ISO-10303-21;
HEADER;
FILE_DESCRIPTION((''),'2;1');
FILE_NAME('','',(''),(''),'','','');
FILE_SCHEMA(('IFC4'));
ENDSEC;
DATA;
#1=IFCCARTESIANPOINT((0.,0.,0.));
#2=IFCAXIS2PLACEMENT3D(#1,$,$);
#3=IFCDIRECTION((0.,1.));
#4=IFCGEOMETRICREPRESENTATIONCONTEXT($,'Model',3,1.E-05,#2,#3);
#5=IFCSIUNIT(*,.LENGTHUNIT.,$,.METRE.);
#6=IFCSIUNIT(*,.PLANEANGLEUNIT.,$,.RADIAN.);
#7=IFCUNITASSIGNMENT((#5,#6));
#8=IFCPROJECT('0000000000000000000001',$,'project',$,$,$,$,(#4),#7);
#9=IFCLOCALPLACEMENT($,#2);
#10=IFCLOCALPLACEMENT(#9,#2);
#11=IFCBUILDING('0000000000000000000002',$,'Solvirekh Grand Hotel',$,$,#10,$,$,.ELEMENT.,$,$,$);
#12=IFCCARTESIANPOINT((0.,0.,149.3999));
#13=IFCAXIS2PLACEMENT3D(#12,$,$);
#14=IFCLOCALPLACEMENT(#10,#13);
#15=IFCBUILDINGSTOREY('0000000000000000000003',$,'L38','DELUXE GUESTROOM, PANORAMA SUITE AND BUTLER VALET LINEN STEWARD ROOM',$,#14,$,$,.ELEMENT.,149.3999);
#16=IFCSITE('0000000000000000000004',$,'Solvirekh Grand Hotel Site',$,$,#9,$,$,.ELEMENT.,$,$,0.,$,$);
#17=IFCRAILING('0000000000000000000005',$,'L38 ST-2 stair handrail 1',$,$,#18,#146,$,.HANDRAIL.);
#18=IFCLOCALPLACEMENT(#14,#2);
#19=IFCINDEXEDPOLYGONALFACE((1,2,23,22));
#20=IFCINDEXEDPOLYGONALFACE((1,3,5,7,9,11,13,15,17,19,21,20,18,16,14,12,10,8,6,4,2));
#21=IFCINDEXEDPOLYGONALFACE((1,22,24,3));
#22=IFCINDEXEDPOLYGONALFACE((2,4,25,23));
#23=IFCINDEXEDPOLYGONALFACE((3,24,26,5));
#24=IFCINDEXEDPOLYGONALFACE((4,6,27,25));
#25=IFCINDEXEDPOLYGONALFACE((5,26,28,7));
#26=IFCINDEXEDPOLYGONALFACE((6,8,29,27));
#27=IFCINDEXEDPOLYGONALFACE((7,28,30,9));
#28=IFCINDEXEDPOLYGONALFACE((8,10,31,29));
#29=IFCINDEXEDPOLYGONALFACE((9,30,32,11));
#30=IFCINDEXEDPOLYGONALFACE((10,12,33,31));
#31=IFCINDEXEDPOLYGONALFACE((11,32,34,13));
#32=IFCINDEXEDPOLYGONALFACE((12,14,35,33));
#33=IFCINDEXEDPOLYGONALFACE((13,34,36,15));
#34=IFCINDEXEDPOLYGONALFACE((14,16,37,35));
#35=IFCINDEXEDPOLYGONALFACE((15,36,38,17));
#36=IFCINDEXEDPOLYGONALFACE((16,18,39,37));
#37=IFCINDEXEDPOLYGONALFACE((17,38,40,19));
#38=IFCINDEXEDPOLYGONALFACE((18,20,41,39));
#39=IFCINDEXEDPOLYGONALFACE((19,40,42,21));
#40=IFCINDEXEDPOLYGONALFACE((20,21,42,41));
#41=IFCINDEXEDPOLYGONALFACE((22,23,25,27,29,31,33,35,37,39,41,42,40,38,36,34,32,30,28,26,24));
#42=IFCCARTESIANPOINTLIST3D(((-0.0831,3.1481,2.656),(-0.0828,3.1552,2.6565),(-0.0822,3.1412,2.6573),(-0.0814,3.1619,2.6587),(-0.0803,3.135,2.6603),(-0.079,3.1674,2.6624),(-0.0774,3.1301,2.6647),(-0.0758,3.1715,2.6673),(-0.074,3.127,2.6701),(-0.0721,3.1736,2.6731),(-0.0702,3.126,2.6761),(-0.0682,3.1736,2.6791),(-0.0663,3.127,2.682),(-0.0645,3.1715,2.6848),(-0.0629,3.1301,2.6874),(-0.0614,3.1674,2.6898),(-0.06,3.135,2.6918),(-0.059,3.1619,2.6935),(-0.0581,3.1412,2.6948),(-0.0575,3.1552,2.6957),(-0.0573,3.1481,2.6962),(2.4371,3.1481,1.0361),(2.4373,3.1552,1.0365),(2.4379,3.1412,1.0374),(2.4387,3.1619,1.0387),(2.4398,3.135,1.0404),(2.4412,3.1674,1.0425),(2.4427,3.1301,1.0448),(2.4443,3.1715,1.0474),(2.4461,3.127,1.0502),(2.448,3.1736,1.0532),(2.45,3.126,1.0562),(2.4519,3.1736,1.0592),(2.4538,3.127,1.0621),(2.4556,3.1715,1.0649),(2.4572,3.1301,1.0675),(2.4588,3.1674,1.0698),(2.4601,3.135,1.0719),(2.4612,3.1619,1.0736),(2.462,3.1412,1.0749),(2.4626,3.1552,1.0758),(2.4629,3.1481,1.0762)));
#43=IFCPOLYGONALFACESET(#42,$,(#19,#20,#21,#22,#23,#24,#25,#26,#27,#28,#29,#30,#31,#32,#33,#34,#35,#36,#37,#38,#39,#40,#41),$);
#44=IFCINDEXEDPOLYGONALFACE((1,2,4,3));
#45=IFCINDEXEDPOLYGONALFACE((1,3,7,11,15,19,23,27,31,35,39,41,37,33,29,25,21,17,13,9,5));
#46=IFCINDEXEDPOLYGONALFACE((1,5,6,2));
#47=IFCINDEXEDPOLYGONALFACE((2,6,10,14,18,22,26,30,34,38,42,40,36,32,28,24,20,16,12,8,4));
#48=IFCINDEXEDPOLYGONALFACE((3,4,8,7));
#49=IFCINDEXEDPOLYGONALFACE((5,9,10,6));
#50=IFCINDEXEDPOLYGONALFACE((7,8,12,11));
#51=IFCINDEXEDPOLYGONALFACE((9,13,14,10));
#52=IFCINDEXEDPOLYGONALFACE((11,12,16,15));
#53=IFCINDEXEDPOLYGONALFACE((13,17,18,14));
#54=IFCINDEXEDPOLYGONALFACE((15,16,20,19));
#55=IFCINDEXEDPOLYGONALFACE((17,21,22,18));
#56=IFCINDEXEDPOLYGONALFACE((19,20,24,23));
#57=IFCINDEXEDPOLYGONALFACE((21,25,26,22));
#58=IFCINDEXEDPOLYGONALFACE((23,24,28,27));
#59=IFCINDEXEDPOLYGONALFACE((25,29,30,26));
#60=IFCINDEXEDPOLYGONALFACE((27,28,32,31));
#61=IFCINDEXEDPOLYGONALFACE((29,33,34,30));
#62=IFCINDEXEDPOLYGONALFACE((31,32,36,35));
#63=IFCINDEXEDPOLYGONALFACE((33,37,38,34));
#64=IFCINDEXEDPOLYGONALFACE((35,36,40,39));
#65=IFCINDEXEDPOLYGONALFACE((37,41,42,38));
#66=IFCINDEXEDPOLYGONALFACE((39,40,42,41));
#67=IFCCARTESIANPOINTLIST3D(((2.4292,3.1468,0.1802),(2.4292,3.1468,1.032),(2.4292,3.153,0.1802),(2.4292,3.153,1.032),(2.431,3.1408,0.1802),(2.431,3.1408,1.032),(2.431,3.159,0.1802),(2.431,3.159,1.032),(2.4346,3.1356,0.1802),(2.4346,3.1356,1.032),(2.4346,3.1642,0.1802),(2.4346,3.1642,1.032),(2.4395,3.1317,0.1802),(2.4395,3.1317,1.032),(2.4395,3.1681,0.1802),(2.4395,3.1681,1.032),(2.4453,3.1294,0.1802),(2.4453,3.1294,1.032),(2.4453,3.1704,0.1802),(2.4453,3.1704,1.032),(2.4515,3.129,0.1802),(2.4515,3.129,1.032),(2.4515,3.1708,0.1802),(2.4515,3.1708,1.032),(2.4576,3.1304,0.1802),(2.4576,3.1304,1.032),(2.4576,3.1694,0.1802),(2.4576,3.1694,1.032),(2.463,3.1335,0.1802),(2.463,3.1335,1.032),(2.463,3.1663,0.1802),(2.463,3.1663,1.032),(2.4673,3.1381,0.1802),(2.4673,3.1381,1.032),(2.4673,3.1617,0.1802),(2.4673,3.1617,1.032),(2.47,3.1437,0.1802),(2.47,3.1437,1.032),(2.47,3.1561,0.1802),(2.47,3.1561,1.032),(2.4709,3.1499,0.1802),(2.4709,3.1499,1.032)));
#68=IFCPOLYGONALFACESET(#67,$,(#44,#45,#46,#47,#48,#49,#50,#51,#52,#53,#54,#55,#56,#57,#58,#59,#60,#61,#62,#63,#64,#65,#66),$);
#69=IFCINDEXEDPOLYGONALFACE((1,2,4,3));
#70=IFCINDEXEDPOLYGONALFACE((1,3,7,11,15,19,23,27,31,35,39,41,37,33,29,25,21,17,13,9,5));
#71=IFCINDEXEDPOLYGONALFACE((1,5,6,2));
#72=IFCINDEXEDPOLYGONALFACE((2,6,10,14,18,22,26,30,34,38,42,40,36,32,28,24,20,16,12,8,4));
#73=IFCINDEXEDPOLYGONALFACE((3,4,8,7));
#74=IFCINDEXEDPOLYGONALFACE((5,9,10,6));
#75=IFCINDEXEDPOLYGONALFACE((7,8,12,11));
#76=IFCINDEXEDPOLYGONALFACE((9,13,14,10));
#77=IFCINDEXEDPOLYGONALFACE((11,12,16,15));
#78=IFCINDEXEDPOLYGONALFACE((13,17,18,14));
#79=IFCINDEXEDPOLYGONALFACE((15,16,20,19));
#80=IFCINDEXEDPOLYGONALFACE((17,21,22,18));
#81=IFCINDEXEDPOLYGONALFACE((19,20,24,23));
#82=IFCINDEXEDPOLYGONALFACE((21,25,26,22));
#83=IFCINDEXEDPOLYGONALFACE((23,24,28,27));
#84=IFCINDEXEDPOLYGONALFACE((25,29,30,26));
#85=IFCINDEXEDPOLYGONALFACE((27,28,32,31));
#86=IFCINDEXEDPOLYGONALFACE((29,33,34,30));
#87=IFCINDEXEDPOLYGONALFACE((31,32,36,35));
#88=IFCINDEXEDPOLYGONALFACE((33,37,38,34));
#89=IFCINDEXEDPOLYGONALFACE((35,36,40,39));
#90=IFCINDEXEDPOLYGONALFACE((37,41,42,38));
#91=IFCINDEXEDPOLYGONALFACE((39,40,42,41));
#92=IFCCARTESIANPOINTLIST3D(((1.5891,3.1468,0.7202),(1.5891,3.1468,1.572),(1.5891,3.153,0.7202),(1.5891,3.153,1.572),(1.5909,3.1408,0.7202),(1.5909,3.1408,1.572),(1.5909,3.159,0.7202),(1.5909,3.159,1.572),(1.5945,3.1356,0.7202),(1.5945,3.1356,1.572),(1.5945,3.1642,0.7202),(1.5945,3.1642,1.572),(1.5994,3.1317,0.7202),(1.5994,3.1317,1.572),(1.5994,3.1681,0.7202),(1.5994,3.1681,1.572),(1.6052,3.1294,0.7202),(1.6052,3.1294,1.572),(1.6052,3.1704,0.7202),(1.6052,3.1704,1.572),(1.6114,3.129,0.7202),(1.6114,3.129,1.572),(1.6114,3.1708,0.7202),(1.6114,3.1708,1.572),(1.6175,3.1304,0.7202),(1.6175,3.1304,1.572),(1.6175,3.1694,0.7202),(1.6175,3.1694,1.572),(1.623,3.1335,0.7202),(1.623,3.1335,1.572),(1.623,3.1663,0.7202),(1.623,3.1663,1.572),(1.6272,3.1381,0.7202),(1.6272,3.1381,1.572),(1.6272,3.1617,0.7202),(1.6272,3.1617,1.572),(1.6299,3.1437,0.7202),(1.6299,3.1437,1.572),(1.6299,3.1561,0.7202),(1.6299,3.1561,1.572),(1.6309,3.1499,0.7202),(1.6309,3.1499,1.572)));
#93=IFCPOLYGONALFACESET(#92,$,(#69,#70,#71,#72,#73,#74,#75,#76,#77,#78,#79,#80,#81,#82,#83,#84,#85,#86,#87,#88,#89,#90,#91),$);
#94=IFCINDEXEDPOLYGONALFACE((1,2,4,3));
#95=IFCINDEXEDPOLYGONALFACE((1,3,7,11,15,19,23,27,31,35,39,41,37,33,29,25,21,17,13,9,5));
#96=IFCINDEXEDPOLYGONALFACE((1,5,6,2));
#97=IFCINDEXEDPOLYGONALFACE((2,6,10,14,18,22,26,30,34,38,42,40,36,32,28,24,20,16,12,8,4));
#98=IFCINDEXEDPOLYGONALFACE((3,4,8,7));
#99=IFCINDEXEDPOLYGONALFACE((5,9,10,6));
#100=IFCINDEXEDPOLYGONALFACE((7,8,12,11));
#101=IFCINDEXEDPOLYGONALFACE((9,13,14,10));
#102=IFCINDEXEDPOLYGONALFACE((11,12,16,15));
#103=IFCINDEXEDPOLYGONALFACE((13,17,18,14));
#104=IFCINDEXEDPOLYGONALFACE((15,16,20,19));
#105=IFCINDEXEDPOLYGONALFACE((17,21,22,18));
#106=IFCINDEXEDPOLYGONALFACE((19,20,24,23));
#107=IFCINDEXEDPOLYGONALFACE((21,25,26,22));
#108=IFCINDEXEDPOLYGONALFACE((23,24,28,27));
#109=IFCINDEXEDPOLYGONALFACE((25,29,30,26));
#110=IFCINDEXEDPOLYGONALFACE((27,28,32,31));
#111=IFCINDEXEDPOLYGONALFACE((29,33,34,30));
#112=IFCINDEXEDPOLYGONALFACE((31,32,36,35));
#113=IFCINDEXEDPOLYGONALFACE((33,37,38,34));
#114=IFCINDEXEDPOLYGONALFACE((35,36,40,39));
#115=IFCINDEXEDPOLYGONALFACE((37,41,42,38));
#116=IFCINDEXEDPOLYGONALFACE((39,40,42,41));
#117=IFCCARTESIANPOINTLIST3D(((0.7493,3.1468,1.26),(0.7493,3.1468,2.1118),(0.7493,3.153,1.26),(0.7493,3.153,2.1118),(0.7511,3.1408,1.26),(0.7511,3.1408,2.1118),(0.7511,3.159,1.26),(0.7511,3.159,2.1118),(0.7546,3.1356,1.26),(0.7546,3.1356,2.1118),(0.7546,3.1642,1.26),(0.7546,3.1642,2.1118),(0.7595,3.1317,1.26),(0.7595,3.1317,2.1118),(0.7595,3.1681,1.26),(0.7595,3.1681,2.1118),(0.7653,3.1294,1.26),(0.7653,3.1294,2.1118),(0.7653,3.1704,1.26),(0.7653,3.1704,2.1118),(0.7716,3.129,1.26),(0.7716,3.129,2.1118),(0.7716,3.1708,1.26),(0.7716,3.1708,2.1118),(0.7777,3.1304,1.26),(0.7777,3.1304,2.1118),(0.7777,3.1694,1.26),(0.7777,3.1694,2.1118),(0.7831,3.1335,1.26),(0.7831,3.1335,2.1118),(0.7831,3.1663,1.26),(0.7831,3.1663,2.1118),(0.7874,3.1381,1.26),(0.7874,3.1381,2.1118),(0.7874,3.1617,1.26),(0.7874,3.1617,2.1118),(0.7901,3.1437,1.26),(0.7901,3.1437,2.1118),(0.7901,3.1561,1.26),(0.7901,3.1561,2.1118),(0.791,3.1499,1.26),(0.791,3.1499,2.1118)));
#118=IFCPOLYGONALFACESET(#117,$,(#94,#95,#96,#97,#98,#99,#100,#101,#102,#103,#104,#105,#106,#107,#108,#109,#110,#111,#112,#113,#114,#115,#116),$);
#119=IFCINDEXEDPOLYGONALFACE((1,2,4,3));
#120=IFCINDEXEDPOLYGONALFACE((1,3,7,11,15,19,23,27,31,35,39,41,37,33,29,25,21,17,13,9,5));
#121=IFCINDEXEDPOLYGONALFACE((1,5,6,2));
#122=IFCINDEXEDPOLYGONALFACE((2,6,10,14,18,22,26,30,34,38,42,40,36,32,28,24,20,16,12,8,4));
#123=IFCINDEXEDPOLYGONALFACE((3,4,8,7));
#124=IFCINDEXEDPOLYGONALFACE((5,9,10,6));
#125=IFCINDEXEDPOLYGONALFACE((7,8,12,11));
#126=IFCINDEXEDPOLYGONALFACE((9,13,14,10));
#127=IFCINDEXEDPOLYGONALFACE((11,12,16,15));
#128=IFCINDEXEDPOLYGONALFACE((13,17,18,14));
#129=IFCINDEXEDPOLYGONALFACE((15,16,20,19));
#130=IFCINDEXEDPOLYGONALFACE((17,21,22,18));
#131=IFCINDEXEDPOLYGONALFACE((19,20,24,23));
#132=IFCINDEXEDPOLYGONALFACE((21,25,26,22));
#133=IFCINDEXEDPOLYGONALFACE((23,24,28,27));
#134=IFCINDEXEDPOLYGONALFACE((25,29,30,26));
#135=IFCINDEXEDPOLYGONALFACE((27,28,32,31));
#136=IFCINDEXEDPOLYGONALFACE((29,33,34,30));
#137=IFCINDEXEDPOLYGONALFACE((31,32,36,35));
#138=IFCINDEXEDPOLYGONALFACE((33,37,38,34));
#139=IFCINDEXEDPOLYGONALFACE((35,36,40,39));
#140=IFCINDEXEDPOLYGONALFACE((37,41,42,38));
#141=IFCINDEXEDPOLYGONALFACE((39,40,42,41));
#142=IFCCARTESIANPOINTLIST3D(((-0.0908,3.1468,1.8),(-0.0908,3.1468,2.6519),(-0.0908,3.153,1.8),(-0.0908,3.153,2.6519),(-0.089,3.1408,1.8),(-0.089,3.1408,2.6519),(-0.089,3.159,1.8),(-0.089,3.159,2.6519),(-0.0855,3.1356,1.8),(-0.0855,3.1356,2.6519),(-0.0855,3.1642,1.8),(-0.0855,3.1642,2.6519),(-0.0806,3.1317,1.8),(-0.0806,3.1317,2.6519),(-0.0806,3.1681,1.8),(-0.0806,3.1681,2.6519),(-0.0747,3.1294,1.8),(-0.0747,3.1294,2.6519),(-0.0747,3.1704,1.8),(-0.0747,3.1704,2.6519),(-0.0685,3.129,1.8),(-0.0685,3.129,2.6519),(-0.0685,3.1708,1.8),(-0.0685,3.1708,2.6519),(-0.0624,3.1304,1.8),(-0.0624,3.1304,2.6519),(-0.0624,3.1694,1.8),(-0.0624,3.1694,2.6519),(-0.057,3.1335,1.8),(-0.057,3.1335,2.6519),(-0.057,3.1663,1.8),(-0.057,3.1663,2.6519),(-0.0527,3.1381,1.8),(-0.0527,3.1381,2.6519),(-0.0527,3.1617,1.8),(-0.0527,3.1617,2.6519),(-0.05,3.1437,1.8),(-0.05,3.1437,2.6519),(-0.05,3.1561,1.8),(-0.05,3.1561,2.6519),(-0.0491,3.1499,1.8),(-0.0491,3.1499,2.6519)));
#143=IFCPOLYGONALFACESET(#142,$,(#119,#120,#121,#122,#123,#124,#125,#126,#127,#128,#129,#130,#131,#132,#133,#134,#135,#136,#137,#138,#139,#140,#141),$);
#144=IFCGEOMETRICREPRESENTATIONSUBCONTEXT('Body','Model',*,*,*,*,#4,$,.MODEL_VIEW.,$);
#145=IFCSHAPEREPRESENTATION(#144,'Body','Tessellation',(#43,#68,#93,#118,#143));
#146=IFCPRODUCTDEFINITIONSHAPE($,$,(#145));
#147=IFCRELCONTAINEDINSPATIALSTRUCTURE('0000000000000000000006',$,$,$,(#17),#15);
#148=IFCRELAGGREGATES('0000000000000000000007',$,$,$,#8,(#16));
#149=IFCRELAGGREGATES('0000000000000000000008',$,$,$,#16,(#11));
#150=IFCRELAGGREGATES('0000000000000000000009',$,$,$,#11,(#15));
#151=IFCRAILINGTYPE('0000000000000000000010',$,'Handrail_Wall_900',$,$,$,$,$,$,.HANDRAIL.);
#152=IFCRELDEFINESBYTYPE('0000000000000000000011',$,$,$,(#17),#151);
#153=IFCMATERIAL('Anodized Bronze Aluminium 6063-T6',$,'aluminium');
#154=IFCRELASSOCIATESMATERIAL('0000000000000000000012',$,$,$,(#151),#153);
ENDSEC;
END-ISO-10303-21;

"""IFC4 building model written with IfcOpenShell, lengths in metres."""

from ifc_helpers import new_model, si_unit, direction, frame, origin, origin_2d, place, context, subcontext, project, spatial, circle, extrude, material, type_object, element, save


model = new_model("IFC4")

# Units and contexts
model_context = context("Model", 3, precision=1e-05, world=origin(), true_north=direction((0.0, 1.0)))
body_context = subcontext(model_context, "Body", "Model", "MODEL_VIEW")
ifc_project = project(units=[si_unit("LENGTHUNIT", "METRE"), si_unit("PLANEANGLEUNIT", "RADIAN")], contexts=[model_context])

# Site, building, storey
site_placement = place(None, origin())
site = spatial("IfcSite", under=ifc_project, at=site_placement, Name="Solvirekh Grand Hotel Site", CompositionType="ELEMENT", RefElevation=0.0)
building_placement = place(site_placement, origin())
building = spatial("IfcBuilding", under=site, at=building_placement, Name="Solvirekh Grand Hotel", CompositionType="ELEMENT")
storey_placement = place(building_placement, frame((0.0, 0.0, 149.3999)))
storey = spatial("IfcBuildingStorey", under=building, at=storey_placement, Name="L38", Description="DELUXE GUESTROOM, PANORAMA SUITE AND BUTLER VALET LINEN STEWARD ROOM", CompositionType="ELEMENT", Elevation=149.3999)

# Shared definitions
ifc_material_1 = material(Name="Anodized Bronze Aluminium 6063-T6", Category="aluminium")

# Railing
railing_type_1 = type_object("IfcRailingType", Name="Handrail_Wall_900", PredefinedType="HANDRAIL", material=ifc_material_1)
railing_1_placement = place(storey_placement, frame((2.45, 3.1499, 0.1802)))
element("IfcRailing", 1, at=railing_1_placement, inside=storey, type_object=railing_type_1, Name="L38 ST-2 stair handrail 1", PredefinedType="HANDRAIL", context=body_context, shape_type="SweptSolid", body=[
    extrude(circle(Radius=0.0239, at=origin_2d()), frame((0.0, 0.0, 0.876), z_axis=(-0.8412, 0.0, 0.540725), x_axis=(0.0, -1.0, 0.0)), (0.0, 0.0, 1.0), 2.9958),
    extrude(circle(Radius=0.021, at=origin_2d()), origin(), (0.0, 0.0, 1.0), 0.8518),
    extrude(circle(Radius=0.021, at=origin_2d()), frame((-0.8401, 0.0, 0.54)), (0.0, 0.0, 1.0), 0.8518),
    extrude(circle(Radius=0.021, at=origin_2d()), frame((-1.6799, 0.0, 1.0798)), (0.0, 0.0, 1.0), 0.8518),
    extrude(circle(Radius=0.021, at=origin_2d()), frame((-2.52, 0.0, 1.6199)), (0.0, 0.0, 1.0), 0.8518),
])

save(model, "model.ifc")
